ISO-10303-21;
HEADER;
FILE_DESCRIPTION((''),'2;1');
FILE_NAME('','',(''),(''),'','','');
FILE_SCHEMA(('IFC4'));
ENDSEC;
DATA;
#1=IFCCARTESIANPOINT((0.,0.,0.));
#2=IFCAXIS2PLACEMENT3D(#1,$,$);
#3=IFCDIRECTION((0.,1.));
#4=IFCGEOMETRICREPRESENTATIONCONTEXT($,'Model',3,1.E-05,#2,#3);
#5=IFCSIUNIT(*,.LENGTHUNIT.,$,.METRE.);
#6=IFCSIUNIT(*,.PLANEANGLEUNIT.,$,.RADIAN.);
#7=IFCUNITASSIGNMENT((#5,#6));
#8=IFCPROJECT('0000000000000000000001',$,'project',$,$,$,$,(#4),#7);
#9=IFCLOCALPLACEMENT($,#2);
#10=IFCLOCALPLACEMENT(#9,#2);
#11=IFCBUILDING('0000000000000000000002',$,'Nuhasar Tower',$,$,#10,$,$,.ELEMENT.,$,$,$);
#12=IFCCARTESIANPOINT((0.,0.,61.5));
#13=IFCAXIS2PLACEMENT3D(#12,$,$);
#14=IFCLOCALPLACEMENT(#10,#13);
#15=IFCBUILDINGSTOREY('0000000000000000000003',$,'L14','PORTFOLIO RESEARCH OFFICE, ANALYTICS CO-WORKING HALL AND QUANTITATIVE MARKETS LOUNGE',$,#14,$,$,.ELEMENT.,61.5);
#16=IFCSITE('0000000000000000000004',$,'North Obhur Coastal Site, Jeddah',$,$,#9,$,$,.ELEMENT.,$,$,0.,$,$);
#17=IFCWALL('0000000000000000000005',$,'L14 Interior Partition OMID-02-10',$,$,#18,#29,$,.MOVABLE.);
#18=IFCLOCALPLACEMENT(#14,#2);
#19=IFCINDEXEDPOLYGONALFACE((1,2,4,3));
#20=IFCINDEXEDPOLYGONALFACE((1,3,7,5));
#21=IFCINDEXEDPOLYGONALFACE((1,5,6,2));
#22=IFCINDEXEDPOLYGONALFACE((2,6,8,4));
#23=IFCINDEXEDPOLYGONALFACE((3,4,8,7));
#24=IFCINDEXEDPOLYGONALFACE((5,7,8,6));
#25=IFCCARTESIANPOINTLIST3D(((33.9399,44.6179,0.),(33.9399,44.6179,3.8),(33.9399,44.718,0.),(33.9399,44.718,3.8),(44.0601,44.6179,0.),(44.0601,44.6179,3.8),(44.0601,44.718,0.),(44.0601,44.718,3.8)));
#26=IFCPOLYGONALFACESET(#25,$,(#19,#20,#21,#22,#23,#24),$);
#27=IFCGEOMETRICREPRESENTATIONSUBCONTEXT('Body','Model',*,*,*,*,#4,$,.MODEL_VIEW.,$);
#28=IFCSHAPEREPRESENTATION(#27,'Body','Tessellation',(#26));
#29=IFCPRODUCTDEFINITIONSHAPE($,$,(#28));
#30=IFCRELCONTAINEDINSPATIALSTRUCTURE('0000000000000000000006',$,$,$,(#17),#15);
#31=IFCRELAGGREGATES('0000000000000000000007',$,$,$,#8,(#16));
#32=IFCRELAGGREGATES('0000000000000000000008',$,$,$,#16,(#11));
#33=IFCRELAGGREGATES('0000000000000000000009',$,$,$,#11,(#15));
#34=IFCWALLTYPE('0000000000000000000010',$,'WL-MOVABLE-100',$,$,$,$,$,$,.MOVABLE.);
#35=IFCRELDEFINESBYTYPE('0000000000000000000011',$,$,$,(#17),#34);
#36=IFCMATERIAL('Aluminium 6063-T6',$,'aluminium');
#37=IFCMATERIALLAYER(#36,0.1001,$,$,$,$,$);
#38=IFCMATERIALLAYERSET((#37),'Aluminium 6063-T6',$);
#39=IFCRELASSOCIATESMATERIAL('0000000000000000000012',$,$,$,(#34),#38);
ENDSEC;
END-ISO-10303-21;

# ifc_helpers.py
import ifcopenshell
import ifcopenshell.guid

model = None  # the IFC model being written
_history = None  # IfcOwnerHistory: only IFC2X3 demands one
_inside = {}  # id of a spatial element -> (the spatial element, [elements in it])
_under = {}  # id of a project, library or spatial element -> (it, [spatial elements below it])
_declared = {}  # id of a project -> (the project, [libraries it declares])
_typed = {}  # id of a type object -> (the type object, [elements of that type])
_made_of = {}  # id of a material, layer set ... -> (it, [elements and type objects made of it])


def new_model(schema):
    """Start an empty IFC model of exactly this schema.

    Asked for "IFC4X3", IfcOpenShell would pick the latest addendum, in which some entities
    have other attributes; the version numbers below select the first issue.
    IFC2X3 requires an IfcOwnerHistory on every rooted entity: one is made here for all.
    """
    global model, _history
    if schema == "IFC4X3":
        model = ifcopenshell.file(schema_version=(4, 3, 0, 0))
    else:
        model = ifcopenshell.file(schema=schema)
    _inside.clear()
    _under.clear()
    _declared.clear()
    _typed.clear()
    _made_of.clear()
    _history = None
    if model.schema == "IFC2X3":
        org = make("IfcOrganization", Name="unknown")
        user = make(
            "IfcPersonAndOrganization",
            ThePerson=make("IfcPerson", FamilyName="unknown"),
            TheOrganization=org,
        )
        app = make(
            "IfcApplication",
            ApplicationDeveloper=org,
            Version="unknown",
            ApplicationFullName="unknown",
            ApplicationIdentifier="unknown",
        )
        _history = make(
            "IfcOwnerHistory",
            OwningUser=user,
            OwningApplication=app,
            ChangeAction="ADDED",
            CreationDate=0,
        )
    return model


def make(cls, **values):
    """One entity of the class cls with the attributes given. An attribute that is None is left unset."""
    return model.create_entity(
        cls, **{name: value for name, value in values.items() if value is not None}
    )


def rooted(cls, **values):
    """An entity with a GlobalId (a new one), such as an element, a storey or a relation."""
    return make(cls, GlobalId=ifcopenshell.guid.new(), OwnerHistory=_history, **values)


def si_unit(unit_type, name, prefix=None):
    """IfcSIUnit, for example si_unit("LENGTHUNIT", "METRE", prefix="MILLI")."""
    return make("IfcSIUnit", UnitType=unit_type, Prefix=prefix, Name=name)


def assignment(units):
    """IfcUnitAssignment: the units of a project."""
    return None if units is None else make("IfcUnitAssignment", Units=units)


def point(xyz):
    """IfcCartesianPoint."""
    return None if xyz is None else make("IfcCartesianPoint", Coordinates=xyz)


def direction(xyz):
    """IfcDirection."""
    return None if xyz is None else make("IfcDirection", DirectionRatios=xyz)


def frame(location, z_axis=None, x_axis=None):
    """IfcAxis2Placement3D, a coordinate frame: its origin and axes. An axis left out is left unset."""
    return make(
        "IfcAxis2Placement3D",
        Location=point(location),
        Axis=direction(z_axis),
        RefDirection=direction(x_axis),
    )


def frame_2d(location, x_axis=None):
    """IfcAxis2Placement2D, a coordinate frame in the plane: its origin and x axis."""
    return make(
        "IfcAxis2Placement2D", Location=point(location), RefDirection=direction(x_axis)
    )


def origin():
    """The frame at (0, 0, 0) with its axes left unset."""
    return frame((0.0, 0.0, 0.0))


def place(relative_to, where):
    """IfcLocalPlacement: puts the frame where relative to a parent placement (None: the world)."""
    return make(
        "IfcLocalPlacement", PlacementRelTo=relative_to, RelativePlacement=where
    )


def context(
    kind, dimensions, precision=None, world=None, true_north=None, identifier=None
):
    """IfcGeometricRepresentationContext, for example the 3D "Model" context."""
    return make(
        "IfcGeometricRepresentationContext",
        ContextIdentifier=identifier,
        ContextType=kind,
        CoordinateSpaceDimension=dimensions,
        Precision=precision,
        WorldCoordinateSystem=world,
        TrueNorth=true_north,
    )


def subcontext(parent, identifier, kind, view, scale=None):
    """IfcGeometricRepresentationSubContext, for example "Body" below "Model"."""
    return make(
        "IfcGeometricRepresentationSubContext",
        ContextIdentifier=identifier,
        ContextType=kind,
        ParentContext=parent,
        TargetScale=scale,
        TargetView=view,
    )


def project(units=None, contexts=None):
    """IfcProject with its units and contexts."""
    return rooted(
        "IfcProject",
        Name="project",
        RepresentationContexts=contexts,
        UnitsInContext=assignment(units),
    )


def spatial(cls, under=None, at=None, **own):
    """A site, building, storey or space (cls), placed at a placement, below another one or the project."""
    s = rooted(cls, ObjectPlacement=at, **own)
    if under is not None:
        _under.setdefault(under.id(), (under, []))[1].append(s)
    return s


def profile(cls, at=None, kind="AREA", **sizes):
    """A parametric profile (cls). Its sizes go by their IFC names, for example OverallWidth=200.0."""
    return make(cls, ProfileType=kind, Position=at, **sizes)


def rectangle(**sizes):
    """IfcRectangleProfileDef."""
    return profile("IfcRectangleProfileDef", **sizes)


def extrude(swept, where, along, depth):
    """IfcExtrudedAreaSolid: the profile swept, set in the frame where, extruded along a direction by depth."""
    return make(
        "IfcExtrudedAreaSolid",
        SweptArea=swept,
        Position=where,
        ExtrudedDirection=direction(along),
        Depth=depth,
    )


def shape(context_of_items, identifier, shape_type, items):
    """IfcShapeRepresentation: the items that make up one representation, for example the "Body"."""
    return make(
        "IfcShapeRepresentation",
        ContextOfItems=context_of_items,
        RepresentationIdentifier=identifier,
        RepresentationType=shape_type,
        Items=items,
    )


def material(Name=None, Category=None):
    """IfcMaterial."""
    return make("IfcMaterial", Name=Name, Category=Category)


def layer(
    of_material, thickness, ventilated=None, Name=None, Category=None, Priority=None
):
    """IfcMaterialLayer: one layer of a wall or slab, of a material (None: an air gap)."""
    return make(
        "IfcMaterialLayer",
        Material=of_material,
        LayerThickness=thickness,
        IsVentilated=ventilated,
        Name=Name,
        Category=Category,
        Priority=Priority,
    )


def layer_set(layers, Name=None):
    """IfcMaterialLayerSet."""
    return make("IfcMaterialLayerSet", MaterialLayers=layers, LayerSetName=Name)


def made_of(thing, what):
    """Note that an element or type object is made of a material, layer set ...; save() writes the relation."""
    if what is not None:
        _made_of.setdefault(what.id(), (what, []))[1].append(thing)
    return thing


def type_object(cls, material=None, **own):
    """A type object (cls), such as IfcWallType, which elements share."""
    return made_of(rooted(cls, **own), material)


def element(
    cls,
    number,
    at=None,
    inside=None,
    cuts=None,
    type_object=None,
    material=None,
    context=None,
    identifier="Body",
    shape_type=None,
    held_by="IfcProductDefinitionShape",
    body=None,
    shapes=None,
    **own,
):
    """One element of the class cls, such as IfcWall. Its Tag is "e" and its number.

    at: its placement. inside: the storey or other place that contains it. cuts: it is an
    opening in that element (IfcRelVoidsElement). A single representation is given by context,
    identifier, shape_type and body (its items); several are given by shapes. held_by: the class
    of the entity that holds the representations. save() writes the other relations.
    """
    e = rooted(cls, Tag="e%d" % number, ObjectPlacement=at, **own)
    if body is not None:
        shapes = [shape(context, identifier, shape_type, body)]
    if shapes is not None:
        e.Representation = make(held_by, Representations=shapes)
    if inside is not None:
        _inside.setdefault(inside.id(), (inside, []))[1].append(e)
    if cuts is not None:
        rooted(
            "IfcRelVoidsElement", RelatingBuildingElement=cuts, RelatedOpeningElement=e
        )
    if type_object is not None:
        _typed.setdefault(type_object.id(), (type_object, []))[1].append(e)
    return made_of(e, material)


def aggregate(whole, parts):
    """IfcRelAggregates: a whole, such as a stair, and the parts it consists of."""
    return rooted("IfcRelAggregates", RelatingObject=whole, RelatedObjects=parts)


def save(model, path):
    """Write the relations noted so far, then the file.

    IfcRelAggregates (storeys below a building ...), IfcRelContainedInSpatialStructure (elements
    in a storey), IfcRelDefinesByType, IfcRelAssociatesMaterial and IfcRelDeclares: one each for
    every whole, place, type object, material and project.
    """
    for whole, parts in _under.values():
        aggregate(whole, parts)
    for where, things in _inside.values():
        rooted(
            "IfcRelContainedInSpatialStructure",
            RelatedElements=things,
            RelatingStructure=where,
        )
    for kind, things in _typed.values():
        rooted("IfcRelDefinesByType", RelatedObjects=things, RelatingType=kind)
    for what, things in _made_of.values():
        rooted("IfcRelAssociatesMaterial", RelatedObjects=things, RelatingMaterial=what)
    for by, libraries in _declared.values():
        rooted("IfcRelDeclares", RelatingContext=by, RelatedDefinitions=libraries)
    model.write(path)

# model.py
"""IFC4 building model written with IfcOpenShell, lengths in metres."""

from ifc_helpers import new_model, si_unit, direction, frame, frame_2d, origin, place, context, subcontext, project, spatial, rectangle, extrude, material, layer, layer_set, type_object, element, save


model = new_model("IFC4")

# Units and contexts
model_context = context("Model", 3, precision=1e-05, world=origin(), true_north=direction((0.0, 1.0)))
body_context = subcontext(model_context, "Body", "Model", "MODEL_VIEW")
ifc_project = project(units=[si_unit("LENGTHUNIT", "METRE"), si_unit("PLANEANGLEUNIT", "RADIAN")], contexts=[model_context])

# Site, building, storey
site_placement = place(None, origin())
site = spatial("IfcSite", under=ifc_project, at=site_placement, Name="North Obhur Coastal Site, Jeddah", CompositionType="ELEMENT", RefElevation=0.0)
building_placement = place(site_placement, origin())
building = spatial("IfcBuilding", under=site, at=building_placement, Name="Nuhasar Tower", CompositionType="ELEMENT")
storey_placement = place(building_placement, frame((0.0, 0.0, 61.5)))
storey = spatial("IfcBuildingStorey", under=building, at=storey_placement, Name="L14", Description="PORTFOLIO RESEARCH OFFICE, ANALYTICS CO-WORKING HALL AND QUANTITATIVE MARKETS LOUNGE", CompositionType="ELEMENT", Elevation=61.5)

# Shared definitions
ifc_material_1 = material(Name="Aluminium 6063-T6", Category="aluminium")

# Shared definitions
ifc_layer_1 = layer(ifc_material_1, 0.1001)
ifc_layer_set_1 = layer_set([ifc_layer_1], Name="Aluminium 6063-T6")
wall_type_1 = type_object("IfcWallType", Name="WL-MOVABLE-100", PredefinedType="MOVABLE", material=ifc_layer_set_1)

# Wall
wall_1_placement = place(storey_placement, frame((44.0601, 44.668, 0.0), z_axis=(0.0, 0.0, 1.0), x_axis=(-1.0, 0.0, 0.0)))
element("IfcWall", 1, at=wall_1_placement, inside=storey, type_object=wall_type_1, Name="L14 Interior Partition OMID-02-10", PredefinedType="MOVABLE", context=body_context, shape_type="SweptSolid", body=[
    extrude(rectangle(XDim=10.1201, YDim=0.1001, at=frame_2d((5.0601, 0.0))), origin(), (0.0, 0.0, 1.0), 3.8),
])

save(model, "model.ifc")
